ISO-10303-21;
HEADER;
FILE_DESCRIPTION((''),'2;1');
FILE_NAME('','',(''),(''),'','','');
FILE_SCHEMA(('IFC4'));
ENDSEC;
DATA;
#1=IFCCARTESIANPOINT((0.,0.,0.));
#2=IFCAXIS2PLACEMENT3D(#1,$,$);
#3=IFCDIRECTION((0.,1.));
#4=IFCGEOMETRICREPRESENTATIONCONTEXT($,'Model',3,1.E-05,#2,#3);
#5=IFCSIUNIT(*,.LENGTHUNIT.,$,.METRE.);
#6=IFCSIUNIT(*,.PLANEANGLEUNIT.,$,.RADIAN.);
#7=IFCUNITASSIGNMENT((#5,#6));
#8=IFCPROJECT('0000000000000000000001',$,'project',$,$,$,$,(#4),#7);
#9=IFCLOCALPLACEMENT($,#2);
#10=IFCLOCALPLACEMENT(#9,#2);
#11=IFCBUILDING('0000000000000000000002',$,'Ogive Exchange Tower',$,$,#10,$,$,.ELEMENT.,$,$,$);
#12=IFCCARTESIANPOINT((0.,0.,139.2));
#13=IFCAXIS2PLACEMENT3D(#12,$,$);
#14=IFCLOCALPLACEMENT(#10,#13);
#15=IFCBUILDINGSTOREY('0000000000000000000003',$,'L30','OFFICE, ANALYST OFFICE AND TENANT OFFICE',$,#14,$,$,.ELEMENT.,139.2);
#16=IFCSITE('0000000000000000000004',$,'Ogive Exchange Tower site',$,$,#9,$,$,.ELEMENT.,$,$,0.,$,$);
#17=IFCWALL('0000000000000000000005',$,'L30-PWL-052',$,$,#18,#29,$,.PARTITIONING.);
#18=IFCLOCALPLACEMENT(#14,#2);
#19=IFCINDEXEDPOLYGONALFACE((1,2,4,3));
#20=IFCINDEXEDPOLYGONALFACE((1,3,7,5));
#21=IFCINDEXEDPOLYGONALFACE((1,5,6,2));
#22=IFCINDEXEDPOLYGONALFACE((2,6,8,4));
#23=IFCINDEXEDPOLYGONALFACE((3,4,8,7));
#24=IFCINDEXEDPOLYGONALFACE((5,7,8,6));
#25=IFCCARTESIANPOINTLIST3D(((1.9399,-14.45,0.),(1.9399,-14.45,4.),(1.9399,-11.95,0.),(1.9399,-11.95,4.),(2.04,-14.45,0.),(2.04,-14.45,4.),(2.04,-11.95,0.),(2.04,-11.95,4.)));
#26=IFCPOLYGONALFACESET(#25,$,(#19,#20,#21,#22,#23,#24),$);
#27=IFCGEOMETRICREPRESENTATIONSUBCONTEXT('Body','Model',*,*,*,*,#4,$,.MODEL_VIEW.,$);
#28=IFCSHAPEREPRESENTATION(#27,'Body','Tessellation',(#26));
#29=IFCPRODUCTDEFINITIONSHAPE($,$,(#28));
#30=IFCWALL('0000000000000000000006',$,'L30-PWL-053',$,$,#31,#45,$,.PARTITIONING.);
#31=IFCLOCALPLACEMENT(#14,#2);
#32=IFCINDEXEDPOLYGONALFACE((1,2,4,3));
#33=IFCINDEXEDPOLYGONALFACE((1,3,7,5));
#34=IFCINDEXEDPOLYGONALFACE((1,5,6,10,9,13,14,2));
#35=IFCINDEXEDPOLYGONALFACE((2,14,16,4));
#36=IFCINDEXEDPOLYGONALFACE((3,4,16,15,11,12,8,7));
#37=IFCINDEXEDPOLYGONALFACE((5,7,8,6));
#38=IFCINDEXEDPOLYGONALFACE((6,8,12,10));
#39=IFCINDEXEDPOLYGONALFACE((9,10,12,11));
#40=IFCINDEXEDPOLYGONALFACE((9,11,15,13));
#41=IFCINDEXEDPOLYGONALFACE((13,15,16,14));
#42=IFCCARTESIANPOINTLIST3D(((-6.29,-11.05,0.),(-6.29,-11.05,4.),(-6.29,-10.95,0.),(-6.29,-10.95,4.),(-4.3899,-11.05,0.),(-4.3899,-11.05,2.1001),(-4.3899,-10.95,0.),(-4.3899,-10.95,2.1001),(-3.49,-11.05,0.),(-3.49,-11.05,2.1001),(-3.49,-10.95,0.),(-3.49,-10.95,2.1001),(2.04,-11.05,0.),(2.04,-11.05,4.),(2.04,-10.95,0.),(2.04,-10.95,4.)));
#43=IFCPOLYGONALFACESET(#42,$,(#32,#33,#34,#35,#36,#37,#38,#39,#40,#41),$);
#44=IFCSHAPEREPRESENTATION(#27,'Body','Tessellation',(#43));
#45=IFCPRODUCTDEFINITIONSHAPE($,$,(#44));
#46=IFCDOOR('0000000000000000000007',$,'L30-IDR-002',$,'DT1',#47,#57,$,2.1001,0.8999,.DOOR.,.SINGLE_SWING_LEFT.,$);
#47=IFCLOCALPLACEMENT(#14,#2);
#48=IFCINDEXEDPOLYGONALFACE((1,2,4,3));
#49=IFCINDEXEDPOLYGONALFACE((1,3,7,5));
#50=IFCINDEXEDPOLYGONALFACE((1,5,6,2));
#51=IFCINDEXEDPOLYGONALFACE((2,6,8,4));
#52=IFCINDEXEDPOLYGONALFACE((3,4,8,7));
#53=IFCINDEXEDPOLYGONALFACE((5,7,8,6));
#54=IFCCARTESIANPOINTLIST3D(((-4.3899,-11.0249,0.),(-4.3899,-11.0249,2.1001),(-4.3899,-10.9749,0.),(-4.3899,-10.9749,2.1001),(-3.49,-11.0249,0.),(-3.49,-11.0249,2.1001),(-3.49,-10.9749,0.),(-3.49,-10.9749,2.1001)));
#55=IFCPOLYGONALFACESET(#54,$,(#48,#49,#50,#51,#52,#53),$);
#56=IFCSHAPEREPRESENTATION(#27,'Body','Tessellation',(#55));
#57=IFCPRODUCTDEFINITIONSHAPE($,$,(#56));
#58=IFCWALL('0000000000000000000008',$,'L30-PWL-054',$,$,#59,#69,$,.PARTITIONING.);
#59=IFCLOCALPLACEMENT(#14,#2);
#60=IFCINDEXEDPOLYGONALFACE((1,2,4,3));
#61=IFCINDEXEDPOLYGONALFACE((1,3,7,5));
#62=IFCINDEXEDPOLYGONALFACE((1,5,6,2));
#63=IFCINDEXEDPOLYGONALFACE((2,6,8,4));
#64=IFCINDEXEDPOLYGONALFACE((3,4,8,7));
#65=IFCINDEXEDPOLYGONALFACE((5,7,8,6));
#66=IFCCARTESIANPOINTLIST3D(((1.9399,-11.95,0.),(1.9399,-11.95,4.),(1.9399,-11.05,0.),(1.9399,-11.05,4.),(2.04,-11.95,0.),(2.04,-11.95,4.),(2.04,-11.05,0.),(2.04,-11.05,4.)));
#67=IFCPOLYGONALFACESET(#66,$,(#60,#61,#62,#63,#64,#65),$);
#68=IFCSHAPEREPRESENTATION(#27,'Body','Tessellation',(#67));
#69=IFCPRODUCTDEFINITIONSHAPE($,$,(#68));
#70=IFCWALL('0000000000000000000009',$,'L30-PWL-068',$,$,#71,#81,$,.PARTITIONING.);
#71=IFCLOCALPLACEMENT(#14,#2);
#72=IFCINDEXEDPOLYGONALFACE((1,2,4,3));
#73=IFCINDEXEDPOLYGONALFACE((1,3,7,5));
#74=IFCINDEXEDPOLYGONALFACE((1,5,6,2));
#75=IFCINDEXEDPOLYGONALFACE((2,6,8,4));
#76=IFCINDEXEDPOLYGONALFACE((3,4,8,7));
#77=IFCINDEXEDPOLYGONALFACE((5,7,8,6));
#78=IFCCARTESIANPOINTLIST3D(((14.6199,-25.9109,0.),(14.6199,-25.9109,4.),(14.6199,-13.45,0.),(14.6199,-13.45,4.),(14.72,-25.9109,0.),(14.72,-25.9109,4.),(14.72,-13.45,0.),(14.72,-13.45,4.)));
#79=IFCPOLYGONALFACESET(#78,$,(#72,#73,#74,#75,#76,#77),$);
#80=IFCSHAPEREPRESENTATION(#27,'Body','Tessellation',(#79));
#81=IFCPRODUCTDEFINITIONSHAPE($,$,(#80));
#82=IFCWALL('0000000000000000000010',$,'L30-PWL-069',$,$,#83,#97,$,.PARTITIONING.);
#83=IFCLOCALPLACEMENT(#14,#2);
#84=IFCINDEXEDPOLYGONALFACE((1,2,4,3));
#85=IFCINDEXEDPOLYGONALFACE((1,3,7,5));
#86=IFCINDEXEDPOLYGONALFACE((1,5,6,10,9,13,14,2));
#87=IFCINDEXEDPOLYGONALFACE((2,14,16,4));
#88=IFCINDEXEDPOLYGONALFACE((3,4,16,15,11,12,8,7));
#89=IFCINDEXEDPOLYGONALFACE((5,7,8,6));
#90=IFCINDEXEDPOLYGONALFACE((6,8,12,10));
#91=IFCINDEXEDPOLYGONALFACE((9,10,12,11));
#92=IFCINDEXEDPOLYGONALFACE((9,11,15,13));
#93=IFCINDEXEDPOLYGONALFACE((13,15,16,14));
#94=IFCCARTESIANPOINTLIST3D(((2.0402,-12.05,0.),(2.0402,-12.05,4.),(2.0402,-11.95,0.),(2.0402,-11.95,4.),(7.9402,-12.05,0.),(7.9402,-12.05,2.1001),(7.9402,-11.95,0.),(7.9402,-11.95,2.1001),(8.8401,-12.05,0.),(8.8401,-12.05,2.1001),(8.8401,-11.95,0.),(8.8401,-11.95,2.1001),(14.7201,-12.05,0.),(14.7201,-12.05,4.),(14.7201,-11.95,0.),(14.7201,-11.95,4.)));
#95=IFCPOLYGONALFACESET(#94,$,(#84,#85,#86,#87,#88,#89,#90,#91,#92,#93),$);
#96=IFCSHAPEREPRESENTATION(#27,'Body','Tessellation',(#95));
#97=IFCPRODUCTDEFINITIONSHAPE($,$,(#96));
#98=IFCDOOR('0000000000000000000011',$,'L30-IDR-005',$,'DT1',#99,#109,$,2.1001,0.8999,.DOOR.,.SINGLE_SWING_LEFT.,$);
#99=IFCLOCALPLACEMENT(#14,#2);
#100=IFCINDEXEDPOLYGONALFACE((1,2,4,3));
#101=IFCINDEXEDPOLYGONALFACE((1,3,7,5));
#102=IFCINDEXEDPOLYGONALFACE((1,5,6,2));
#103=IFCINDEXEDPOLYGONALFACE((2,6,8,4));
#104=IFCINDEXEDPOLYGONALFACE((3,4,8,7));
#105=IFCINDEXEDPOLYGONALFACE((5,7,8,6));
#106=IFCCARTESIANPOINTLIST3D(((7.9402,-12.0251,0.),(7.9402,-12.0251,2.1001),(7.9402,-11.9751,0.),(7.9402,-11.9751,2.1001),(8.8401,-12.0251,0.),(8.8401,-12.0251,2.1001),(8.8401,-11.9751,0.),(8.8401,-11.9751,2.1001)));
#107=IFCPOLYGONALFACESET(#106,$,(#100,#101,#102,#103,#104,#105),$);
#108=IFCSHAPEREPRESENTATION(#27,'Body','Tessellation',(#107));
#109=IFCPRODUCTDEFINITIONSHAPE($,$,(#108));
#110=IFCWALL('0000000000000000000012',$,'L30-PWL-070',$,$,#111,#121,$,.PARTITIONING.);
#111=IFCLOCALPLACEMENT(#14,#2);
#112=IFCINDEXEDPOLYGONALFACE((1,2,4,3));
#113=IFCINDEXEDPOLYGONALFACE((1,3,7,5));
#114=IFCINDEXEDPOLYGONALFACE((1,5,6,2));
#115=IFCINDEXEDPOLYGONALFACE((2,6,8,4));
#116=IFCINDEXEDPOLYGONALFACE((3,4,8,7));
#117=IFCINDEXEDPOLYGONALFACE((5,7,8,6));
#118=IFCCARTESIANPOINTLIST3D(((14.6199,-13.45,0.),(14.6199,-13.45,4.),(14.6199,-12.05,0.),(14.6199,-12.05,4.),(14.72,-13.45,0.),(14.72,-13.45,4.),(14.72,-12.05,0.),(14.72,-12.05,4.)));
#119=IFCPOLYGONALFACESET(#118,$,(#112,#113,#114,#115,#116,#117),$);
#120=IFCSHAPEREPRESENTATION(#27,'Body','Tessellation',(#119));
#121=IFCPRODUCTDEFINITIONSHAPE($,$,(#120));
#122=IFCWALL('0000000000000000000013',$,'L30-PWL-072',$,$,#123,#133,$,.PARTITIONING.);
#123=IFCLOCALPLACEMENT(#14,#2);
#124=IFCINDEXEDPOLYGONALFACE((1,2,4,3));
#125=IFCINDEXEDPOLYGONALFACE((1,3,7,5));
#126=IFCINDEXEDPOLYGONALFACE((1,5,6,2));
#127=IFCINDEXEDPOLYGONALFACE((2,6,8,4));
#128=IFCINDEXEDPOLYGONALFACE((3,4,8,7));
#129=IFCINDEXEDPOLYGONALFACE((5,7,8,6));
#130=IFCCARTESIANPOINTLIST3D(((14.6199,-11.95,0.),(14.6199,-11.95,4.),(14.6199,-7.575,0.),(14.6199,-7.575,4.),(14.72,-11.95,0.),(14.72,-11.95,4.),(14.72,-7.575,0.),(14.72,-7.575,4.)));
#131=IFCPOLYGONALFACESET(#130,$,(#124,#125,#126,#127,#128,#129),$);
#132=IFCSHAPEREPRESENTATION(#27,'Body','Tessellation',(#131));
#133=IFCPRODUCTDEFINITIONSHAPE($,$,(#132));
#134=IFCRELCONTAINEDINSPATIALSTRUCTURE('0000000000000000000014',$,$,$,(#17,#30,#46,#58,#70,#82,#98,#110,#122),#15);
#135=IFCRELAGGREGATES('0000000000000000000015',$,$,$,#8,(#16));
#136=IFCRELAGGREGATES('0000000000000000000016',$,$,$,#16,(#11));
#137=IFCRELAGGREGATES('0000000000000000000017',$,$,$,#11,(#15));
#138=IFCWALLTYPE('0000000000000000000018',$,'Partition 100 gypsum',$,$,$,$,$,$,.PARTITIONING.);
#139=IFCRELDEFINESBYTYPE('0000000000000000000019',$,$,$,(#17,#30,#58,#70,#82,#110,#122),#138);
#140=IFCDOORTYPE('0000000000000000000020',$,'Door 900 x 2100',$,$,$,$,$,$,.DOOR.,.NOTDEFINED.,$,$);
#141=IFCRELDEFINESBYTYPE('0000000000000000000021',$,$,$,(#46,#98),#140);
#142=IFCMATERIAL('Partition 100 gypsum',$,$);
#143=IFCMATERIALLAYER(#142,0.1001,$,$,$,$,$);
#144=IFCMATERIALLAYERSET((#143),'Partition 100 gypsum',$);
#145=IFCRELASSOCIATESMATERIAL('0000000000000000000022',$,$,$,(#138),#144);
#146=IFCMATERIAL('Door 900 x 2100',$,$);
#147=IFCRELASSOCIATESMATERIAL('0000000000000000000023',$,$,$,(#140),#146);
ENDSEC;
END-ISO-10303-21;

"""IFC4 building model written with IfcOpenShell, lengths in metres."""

from ifc_helpers import new_model, si_unit, direction, frame, frame_2d, origin, place, context, subcontext, project, spatial, rectangle, extrude, material, layer, layer_set, type_object, element, fill, save


model = new_model("IFC4")

# Units and contexts
model_context = context("Model", 3, precision=1e-05, world=origin(), true_north=direction((0.0, 1.0)))
body_context = subcontext(model_context, "Body", "Model", "MODEL_VIEW")
ifc_project = project(units=[si_unit("LENGTHUNIT", "METRE"), si_unit("PLANEANGLEUNIT", "RADIAN")], contexts=[model_context])

# Site, building, storey
site_placement = place(None, origin())
site = spatial("IfcSite", under=ifc_project, at=site_placement, Name="Ogive Exchange Tower site", CompositionType="ELEMENT", RefElevation=0.0)
building_placement = place(site_placement, origin())
building = spatial("IfcBuilding", under=site, at=building_placement, Name="Ogive Exchange Tower", CompositionType="ELEMENT")
storey_placement = place(building_placement, frame((0.0, 0.0, 139.2)))
storey = spatial("IfcBuildingStorey", under=building, at=storey_placement, Name="L30", Description="OFFICE, ANALYST OFFICE AND TENANT OFFICE", CompositionType="ELEMENT", Elevation=139.2)

# Wall
ifc_material_1 = material(Name="Partition 100 gypsum")
ifc_layer_1 = layer(ifc_material_1, 0.1001)
ifc_layer_set_1 = layer_set([ifc_layer_1], Name="Partition 100 gypsum")
wall_type_1 = type_object("IfcWallType", Name="Partition 100 gypsum", PredefinedType="PARTITIONING", material=ifc_layer_set_1)
wall_1_placement = place(storey_placement, frame((1.99, -11.95, 0.0), z_axis=(0.0, 0.0, 1.0), x_axis=(0.0, -1.0, 0.0)))
element("IfcWall", 1, at=wall_1_placement, inside=storey, type_object=wall_type_1, Name="L30-PWL-052", PredefinedType="PARTITIONING", context=body_context, shape_type="SweptSolid", body=[
    extrude(rectangle(XDim=2.5, YDim=0.1001, at=frame_2d((1.25, 0.0))), origin(), (0.0, 0.0, 1.0), 4.0),
])

# Wall, opening, door
wall_2_placement = place(storey_placement, frame((2.04, -11.0, 0.0), z_axis=(0.0, 0.0, 1.0), x_axis=(-1.0, 0.0, 0.0)))
wall_2 = element("IfcWall", 2, at=wall_2_placement, inside=storey, type_object=wall_type_1, Name="L30-PWL-053", PredefinedType="PARTITIONING", context=body_context, shape_type="SweptSolid", body=[
    extrude(rectangle(XDim=8.3301, YDim=0.1001, at=frame_2d((4.165, 0.0))), origin(), (0.0, 0.0, 1.0), 4.0),
])
opening_1_placement = place(wall_2_placement, frame((5.53, 0.0, 0.0)))
opening_1 = element("IfcOpeningElement", 3, at=opening_1_placement, cuts=wall_2, PredefinedType="OPENING", context=body_context, shape_type="SweptSolid", body=[
    extrude(rectangle(XDim=0.8999, YDim=2.1001, at=frame_2d((0.45, 1.05))), frame((0.0, 0.0601, 0.0), z_axis=(0.0, -1.0, 0.0), x_axis=(1.0, 0.0, 0.0)), (0.0, 0.0, 1.0), 0.1201),
])
ifc_material_2 = material(Name="Door 900 x 2100")
door_type = type_object("IfcDoorType", Name="Door 900 x 2100", OperationType="NOTDEFINED", PredefinedType="DOOR", material=ifc_material_2)
door_1_placement = place(opening_1_placement, origin())
door_1 = element("IfcDoor", 4, at=door_1_placement, inside=storey, type_object=door_type, Name="L30-IDR-002", ObjectType="DT1", OperationType="SINGLE_SWING_LEFT", OverallHeight=2.1001, OverallWidth=0.8999, PredefinedType="DOOR", context=body_context, shape_type="SweptSolid", body=[
    extrude(rectangle(XDim=0.8999, YDim=2.1001, at=frame_2d((0.45, 1.05))), frame((0.0, 0.0249, 0.0), z_axis=(0.0, -1.0, 0.0), x_axis=(1.0, 0.0, 0.0)), (0.0, 0.0, 1.0), 0.05),
])
fill(opening_1, door_1)

# Walls
wall_3_placement = place(storey_placement, frame((1.99, -11.05, 0.0), z_axis=(0.0, 0.0, 1.0), x_axis=(0.0, -1.0, 0.0)))
element("IfcWall", 5, at=wall_3_placement, inside=storey, type_object=wall_type_1, Name="L30-PWL-054", PredefinedType="PARTITIONING", context=body_context, shape_type="SweptSolid", body=[
    extrude(rectangle(XDim=0.8999, YDim=0.1001, at=frame_2d((0.45, 0.0))), origin(), (0.0, 0.0, 1.0), 4.0),
])
wall_4_placement = place(storey_placement, frame((14.6699, -13.45, 0.0), z_axis=(0.0, 0.0, 1.0), x_axis=(0.0, -1.0, 0.0)))
element("IfcWall", 6, at=wall_4_placement, inside=storey, type_object=wall_type_1, Name="L30-PWL-068", PredefinedType="PARTITIONING", context=body_context, shape_type="SweptSolid", body=[
    extrude(rectangle(XDim=12.4609, YDim=0.1001, at=frame_2d((6.2305, 0.0))), origin(), (0.0, 0.0, 1.0), 4.0),
])

# Wall, opening, door
wall_5_placement = place(storey_placement, frame((14.72, -12.0, 0.0), z_axis=(0.0, 0.0, 1.0), x_axis=(-1.0, 0.0, 0.0)))
wall_5 = element("IfcWall", 7, at=wall_5_placement, inside=storey, type_object=wall_type_1, Name="L30-PWL-069", PredefinedType="PARTITIONING", context=body_context, shape_type="SweptSolid", body=[
    extrude(rectangle(XDim=12.6799, YDim=0.1001, at=frame_2d((6.3398, 0.0))), origin(), (0.0, 0.0, 1.0), 4.0),
])
opening_2_placement = place(wall_5_placement, frame((5.8799, 0.0, 0.0)))
opening_2 = element("IfcOpeningElement", 8, at=opening_2_placement, cuts=wall_5, PredefinedType="OPENING", context=body_context, shape_type="SweptSolid", body=[
    extrude(rectangle(XDim=0.8999, YDim=2.1001, at=frame_2d((0.45, 1.05))), frame((0.0, 0.0601, 0.0), z_axis=(0.0, -1.0, 0.0), x_axis=(1.0, 0.0, 0.0)), (0.0, 0.0, 1.0), 0.1201),
])
door_2_placement = place(opening_2_placement, frame((0.8999, 0.0, 0.0), z_axis=(0.0, 0.0, 1.0), x_axis=(-1.0, 0.0, 0.0)))
door_2 = element("IfcDoor", 9, at=door_2_placement, inside=storey, type_object=door_type, Name="L30-IDR-005", ObjectType="DT1", OperationType="SINGLE_SWING_LEFT", OverallHeight=2.1001, OverallWidth=0.8999, PredefinedType="DOOR", context=body_context, shape_type="SweptSolid", body=[
    extrude(rectangle(XDim=0.8999, YDim=2.1001, at=frame_2d((0.45, 1.05))), frame((0.0, 0.0249, 0.0), z_axis=(0.0, -1.0, 0.0), x_axis=(1.0, 0.0, 0.0)), (0.0, 0.0, 1.0), 0.05),
])
fill(opening_2, door_2)

# Walls
wall_6_placement = place(storey_placement, frame((14.6699, -12.05, 0.0), z_axis=(0.0, 0.0, 1.0), x_axis=(0.0, -1.0, 0.0)))
element("IfcWall", 10, at=wall_6_placement, inside=storey, type_object=wall_type_1, Name="L30-PWL-070", PredefinedType="PARTITIONING", context=body_context, shape_type="SweptSolid", body=[
    extrude(rectangle(XDim=1.3999, YDim=0.1001, at=frame_2d((0.7, 0.0))), origin(), (0.0, 0.0, 1.0), 4.0),
])
wall_7_placement = place(storey_placement, frame((14.6699, -7.575, 0.0), z_axis=(0.0, 0.0, 1.0), x_axis=(0.0, -1.0, 0.0)))
element("IfcWall", 11, at=wall_7_placement, inside=storey, type_object=wall_type_1, Name="L30-PWL-072", PredefinedType="PARTITIONING", context=body_context, shape_type="SweptSolid", body=[
    extrude(rectangle(XDim=4.375, YDim=0.1001, at=frame_2d((2.1875, 0.0))), origin(), (0.0, 0.0, 1.0), 4.0),
])

save(model, "model.ifc")
